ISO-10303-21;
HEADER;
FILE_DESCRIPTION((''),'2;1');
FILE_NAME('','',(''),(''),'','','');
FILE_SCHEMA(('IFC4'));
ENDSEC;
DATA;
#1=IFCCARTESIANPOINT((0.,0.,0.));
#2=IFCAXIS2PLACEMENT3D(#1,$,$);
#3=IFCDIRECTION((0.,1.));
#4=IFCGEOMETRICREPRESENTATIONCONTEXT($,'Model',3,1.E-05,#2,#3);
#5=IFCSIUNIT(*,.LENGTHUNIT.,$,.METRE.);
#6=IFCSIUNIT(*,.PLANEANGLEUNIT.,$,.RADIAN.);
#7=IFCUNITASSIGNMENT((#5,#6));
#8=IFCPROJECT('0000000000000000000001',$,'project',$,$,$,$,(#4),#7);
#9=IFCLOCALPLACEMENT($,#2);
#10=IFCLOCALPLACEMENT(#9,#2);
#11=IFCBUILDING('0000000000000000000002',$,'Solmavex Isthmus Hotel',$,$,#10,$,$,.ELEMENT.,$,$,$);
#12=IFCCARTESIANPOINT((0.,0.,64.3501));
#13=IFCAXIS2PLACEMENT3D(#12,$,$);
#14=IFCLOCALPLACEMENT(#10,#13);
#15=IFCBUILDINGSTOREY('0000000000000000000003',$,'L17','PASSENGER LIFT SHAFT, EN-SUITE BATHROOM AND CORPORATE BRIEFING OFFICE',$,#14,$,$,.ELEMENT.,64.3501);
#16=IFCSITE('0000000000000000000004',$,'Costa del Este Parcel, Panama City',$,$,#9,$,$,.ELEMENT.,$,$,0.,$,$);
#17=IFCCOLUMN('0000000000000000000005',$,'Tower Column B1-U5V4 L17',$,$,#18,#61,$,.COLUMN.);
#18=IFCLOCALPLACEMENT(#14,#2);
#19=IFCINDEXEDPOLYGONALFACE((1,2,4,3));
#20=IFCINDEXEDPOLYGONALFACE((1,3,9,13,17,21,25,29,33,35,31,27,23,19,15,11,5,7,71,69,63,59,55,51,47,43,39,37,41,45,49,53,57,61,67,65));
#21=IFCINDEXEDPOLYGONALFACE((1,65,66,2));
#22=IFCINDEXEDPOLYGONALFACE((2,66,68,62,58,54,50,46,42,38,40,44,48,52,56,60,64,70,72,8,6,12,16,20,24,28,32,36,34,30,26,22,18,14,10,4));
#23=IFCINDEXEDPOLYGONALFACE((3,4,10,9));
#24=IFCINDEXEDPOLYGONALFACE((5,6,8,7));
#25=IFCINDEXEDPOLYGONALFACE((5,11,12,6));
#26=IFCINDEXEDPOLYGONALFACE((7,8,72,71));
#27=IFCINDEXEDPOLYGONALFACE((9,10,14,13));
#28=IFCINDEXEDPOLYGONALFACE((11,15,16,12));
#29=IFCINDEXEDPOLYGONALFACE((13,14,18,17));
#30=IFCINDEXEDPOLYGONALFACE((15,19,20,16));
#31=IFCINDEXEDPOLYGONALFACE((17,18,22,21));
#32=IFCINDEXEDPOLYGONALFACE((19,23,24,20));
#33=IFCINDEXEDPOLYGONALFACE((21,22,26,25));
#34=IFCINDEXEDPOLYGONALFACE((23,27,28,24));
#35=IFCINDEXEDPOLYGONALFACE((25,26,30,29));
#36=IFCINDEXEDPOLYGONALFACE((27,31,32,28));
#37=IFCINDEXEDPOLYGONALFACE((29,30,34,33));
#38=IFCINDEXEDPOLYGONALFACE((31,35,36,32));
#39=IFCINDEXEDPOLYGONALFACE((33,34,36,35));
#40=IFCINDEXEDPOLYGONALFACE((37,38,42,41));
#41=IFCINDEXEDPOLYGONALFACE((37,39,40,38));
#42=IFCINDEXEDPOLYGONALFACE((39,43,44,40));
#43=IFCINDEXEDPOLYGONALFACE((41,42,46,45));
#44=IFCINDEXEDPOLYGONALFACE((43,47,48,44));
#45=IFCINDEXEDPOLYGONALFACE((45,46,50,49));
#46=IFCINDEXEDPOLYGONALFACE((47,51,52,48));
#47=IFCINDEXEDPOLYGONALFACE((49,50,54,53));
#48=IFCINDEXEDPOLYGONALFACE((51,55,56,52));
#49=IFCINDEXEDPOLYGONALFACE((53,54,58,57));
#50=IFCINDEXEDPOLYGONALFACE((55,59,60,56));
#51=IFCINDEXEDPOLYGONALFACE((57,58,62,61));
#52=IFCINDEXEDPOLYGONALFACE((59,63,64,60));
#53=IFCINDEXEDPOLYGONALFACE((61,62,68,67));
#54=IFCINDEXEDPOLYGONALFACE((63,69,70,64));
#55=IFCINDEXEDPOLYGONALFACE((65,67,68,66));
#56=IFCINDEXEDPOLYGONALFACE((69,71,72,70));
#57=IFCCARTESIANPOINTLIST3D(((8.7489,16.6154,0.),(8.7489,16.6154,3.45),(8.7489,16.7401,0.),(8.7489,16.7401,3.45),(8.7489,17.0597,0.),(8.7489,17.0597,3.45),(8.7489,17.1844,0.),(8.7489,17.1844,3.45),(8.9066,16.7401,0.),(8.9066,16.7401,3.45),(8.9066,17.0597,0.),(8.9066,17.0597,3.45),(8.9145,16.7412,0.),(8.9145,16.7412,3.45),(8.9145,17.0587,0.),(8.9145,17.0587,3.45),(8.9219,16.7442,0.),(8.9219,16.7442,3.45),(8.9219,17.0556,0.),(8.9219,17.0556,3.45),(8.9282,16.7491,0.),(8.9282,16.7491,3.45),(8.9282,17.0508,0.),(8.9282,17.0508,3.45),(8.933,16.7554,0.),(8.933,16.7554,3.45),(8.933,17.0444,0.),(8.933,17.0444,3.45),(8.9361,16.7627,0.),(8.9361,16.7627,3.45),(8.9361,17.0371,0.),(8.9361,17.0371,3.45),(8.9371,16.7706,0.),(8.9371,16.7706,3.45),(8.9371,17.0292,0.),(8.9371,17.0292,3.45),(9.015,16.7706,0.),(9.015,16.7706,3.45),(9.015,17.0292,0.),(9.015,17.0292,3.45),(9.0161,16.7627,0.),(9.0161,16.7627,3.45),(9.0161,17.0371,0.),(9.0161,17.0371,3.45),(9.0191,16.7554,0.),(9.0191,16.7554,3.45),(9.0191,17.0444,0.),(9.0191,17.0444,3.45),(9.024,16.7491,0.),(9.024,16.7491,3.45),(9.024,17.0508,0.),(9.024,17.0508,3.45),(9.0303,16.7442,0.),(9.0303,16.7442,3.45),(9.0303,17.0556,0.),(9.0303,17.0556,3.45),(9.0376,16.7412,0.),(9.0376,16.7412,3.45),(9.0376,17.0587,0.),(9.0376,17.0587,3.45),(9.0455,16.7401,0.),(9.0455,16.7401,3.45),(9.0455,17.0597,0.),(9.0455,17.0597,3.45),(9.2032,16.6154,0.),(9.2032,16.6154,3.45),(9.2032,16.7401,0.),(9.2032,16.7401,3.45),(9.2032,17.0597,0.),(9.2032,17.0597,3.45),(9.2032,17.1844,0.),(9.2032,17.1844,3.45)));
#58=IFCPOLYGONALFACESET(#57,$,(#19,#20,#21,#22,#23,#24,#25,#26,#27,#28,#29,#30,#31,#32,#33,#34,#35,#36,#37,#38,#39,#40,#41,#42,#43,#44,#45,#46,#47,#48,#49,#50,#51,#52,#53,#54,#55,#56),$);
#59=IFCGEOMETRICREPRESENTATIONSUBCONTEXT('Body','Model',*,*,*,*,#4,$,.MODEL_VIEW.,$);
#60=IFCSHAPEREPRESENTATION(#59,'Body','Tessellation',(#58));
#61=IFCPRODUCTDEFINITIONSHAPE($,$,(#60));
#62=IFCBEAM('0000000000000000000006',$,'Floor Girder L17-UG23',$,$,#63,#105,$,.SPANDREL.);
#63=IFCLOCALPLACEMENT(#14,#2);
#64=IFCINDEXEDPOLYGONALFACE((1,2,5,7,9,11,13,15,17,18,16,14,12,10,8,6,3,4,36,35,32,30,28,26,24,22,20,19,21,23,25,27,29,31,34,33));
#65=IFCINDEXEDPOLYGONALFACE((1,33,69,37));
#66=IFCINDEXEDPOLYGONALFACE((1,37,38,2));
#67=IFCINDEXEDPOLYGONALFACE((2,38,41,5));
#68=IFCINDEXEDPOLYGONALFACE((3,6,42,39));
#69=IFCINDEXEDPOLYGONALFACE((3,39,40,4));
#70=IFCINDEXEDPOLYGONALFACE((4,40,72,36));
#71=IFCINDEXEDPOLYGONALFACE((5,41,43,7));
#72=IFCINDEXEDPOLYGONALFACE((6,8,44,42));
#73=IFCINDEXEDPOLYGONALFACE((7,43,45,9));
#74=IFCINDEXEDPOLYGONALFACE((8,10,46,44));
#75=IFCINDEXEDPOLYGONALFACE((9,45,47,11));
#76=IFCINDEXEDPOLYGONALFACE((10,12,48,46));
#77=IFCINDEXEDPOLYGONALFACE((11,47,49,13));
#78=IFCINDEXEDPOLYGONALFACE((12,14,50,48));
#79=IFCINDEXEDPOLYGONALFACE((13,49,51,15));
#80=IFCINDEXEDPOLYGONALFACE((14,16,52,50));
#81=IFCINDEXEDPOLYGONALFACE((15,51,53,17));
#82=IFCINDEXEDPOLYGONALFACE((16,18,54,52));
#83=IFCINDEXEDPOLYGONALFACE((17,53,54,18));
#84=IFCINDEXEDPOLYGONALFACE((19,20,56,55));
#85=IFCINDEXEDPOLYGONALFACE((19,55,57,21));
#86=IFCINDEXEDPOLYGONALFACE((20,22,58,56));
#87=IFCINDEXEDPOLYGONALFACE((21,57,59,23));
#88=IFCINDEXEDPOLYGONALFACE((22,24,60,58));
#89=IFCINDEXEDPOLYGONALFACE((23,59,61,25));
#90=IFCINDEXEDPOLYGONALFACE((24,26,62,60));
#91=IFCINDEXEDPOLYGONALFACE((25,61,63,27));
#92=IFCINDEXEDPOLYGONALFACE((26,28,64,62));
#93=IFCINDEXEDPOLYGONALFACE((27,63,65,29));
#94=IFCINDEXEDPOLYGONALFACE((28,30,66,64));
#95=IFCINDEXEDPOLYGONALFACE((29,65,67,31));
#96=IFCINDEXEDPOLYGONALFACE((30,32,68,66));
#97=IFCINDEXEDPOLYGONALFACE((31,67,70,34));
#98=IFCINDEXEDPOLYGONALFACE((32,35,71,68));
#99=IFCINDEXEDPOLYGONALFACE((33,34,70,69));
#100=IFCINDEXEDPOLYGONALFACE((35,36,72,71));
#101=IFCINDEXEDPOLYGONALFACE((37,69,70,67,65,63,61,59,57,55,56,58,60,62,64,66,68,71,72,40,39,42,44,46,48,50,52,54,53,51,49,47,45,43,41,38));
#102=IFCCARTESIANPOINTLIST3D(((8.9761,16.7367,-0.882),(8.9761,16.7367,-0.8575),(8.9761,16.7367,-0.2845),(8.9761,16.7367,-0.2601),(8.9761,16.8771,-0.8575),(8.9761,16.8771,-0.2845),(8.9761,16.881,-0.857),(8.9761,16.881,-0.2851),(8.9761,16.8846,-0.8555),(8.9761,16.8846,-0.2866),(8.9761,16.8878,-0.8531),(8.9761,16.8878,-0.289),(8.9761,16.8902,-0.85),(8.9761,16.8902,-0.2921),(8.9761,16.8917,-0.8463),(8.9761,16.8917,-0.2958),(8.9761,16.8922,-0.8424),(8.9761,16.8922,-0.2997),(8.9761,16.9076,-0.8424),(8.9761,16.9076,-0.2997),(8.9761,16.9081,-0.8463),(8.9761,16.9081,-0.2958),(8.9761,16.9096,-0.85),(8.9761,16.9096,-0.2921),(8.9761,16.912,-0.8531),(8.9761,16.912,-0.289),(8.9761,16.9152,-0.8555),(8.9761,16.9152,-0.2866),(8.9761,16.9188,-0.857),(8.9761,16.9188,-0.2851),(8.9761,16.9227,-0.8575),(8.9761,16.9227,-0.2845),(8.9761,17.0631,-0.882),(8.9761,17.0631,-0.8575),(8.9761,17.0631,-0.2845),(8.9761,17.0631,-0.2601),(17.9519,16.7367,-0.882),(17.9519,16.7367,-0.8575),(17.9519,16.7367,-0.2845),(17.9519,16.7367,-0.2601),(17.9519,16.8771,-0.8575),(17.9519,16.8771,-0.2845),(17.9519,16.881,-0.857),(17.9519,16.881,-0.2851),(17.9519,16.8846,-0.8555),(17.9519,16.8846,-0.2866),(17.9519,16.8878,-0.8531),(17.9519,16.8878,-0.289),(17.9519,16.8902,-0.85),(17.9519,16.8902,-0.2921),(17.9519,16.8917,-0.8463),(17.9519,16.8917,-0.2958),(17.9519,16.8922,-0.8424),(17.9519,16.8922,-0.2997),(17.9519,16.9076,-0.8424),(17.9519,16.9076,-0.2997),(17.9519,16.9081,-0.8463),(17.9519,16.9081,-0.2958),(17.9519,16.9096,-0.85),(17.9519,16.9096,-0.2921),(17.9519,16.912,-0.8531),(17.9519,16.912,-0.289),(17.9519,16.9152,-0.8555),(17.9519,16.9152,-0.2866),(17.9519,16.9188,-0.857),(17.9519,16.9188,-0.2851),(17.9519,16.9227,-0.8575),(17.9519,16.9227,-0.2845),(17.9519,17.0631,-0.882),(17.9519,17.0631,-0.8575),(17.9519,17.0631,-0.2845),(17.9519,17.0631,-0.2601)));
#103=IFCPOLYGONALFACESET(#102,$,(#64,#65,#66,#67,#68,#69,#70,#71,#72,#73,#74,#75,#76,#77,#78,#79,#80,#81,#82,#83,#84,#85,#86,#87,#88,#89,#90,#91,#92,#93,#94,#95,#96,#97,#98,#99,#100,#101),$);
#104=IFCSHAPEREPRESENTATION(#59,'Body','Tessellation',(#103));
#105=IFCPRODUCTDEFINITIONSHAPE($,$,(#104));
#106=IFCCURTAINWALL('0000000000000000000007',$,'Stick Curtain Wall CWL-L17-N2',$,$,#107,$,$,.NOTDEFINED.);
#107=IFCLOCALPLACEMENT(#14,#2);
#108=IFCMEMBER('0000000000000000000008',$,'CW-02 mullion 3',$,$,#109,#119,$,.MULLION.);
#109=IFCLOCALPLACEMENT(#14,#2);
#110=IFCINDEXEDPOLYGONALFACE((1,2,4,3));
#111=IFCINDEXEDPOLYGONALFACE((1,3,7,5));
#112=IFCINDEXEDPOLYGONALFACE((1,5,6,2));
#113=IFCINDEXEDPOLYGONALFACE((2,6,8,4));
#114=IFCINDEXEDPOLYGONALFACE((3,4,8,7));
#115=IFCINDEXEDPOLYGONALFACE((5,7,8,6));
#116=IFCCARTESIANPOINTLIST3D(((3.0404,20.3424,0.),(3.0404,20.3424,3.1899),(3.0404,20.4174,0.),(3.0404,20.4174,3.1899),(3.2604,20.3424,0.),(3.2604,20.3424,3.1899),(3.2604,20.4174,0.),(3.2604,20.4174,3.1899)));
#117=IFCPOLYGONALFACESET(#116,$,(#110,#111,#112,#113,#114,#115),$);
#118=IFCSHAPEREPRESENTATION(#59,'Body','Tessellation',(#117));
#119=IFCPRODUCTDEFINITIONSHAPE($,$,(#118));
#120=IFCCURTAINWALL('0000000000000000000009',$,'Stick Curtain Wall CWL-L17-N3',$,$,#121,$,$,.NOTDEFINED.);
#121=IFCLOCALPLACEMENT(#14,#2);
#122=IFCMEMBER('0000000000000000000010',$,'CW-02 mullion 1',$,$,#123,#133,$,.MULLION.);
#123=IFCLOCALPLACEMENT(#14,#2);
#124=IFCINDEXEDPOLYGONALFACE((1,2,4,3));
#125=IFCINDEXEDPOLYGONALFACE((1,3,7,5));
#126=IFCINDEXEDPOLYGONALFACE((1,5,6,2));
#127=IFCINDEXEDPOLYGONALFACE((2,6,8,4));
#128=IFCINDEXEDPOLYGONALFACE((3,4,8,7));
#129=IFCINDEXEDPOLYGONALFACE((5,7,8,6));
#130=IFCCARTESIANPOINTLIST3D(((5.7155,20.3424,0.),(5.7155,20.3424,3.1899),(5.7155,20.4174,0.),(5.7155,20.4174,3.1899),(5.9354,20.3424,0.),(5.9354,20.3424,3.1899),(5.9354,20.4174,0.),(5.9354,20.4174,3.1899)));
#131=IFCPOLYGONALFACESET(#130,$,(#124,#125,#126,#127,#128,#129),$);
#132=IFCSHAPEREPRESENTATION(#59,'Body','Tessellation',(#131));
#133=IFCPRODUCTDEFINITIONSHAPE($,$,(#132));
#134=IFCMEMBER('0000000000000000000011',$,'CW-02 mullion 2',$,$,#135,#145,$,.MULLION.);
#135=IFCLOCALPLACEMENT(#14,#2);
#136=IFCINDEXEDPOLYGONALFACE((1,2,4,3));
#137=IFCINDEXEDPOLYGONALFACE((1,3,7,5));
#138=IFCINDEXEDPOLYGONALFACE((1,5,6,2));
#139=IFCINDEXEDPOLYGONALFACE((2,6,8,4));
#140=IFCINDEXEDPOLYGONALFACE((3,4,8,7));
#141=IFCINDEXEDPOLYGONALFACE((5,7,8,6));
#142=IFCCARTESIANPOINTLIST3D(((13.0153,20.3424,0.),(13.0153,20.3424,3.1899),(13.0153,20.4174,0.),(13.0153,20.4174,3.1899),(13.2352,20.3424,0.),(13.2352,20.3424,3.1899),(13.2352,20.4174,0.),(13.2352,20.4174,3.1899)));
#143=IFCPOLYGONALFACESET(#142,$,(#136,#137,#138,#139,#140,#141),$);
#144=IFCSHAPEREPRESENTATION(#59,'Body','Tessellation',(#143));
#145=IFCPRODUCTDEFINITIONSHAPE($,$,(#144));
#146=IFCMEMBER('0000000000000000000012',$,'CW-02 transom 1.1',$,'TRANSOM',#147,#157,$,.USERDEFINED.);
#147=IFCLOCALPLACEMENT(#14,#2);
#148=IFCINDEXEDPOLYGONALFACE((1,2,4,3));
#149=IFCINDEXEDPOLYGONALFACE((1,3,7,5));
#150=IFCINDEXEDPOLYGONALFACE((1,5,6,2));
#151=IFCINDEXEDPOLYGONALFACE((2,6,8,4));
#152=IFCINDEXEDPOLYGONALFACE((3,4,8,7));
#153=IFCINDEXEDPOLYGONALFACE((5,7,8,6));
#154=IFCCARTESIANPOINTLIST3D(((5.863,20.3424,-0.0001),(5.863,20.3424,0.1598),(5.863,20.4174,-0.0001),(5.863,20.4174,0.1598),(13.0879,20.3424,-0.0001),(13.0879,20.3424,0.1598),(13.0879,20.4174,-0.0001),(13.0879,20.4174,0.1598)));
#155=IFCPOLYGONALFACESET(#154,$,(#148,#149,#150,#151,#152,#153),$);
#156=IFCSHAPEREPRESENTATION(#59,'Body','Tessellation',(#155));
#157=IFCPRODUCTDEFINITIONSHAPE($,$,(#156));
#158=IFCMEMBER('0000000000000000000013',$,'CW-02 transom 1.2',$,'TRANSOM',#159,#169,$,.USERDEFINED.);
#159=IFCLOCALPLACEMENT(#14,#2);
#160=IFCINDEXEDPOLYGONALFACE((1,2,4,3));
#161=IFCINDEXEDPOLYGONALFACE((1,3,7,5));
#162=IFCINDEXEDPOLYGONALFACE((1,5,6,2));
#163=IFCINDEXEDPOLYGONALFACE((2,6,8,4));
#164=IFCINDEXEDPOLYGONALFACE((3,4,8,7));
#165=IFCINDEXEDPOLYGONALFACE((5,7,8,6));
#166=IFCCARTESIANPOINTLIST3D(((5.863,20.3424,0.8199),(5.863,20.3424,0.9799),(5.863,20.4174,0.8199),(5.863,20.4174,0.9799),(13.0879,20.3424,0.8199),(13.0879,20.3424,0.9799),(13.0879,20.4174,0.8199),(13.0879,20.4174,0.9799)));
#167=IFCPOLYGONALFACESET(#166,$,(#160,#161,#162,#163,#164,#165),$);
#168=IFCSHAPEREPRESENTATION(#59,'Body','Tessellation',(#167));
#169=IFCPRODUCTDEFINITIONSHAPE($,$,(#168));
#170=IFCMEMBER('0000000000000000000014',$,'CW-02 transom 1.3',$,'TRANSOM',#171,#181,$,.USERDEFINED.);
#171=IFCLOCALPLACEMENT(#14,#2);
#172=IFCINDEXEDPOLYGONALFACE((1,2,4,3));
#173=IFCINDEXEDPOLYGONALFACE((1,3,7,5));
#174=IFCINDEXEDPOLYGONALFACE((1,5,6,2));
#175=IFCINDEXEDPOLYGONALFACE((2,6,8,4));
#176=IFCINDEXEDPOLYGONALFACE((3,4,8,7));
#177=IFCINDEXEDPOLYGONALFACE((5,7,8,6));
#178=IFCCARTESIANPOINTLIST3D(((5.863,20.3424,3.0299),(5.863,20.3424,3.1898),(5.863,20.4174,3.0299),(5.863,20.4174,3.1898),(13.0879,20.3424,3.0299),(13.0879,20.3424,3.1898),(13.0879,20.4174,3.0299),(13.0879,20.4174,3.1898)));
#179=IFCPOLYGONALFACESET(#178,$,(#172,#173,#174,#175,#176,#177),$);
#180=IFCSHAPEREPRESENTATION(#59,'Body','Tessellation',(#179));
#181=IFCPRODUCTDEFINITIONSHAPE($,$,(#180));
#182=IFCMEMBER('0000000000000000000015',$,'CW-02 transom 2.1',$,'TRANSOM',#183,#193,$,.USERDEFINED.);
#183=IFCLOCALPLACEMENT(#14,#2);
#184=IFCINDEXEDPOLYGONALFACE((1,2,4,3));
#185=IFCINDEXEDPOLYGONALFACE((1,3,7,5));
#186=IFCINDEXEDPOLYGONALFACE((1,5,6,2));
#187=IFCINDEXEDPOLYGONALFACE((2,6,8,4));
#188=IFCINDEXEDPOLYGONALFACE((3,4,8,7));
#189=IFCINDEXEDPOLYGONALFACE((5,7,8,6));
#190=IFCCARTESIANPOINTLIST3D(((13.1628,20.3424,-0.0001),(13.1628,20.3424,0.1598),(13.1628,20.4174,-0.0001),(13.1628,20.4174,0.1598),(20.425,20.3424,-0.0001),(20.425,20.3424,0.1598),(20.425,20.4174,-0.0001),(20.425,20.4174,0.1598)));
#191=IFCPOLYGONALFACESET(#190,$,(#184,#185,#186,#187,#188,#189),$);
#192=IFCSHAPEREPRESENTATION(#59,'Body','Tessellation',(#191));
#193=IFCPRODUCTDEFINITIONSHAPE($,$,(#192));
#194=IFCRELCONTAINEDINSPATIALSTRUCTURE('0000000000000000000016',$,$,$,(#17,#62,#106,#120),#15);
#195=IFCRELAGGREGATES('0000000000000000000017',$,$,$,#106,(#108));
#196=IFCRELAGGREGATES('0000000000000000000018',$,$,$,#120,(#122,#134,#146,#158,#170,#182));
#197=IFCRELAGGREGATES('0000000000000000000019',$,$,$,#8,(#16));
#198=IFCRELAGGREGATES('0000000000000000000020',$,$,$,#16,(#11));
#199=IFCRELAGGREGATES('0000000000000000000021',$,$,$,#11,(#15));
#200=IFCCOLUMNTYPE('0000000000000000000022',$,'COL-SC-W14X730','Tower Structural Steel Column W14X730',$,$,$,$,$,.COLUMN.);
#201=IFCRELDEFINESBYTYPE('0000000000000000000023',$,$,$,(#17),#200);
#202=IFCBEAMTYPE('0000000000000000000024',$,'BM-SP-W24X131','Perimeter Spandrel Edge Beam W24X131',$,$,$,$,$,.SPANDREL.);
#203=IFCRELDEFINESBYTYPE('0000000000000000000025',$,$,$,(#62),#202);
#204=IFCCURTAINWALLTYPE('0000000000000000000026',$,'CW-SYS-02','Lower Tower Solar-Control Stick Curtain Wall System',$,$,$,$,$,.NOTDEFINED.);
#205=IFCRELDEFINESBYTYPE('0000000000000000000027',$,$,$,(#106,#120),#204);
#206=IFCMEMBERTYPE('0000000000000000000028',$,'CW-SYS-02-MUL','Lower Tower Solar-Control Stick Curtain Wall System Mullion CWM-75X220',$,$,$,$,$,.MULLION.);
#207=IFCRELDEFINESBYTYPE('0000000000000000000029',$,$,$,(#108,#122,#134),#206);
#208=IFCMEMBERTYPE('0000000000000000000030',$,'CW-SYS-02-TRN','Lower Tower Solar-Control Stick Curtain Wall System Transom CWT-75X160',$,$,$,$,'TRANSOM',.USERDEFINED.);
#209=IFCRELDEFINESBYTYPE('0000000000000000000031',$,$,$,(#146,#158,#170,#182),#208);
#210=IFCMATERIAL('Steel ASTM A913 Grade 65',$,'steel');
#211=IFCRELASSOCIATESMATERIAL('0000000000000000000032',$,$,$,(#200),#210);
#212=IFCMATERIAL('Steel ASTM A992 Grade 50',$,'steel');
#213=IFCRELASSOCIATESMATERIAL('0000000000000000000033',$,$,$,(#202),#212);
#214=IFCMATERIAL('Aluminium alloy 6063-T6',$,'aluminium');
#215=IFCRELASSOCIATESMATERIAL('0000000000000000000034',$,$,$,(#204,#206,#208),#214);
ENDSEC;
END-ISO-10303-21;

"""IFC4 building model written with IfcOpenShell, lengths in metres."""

from ifc_helpers import new_model, si_unit, direction, frame, origin, origin_2d, place, context, subcontext, project, spatial, rectangle, i_section, extrude, material, material_profile, profile_set, type_object, element, aggregate, save


model = new_model("IFC4")

# Units and contexts
model_context = context("Model", 3, precision=1e-05, world=origin(), true_north=direction((0.0, 1.0)))
body_context = subcontext(model_context, "Body", "Model", "MODEL_VIEW")
ifc_project = project(units=[si_unit("LENGTHUNIT", "METRE"), si_unit("PLANEANGLEUNIT", "RADIAN")], contexts=[model_context])

# Site, building, storey
site_placement = place(None, origin())
site = spatial("IfcSite", under=ifc_project, at=site_placement, Name="Costa del Este Parcel, Panama City", CompositionType="ELEMENT", RefElevation=0.0)
building_placement = place(site_placement, origin())
building = spatial("IfcBuilding", under=site, at=building_placement, Name="Solmavex Isthmus Hotel", CompositionType="ELEMENT")
storey_placement = place(building_placement, frame((0.0, 0.0, 64.3501)))
storey = spatial("IfcBuildingStorey", under=building, at=storey_placement, Name="L17", Description="PASSENGER LIFT SHAFT, EN-SUITE BATHROOM AND CORPORATE BRIEFING OFFICE", CompositionType="ELEMENT", Elevation=64.3501)

# Column
ifc_material_1 = material(Name="Steel ASTM A913 Grade 65", Category="steel")
ifc_material_profile_1 = material_profile(ifc_material_1, i_section(OverallWidth=0.4543, OverallDepth=0.5691, WebThickness=0.0779, FlangeThickness=0.1248, FilletRadius=0.0305, at=origin_2d()), Name="W14X730")
ifc_profile_set_1 = profile_set([ifc_material_profile_1], Name="Steel ASTM A913 Grade 65")
column_type = type_object("IfcColumnType", Name="COL-SC-W14X730", Description="Tower Structural Steel Column W14X730", PredefinedType="COLUMN", material=ifc_profile_set_1)
column_placement = place(storey_placement, frame((8.9761, 16.8999, 0.0), z_axis=(0.0, 0.0, 1.0), x_axis=(1.0, 0.0, 0.0)))
element("IfcColumn", 1, at=column_placement, inside=storey, type_object=column_type, Name="Tower Column B1-U5V4 L17", PredefinedType="COLUMN", context=body_context, shape_type="SweptSolid", body=[
    extrude(i_section(OverallWidth=0.4543, OverallDepth=0.5691, WebThickness=0.0779, FlangeThickness=0.1248, FilletRadius=0.0305, at=origin_2d()), origin(), (0.0, 0.0, 1.0), 3.45),
])

# Beam
ifc_material_2 = material(Name="Steel ASTM A992 Grade 50", Category="steel")
ifc_material_profile_2 = material_profile(ifc_material_2, i_section(OverallWidth=0.3264, OverallDepth=0.6218, WebThickness=0.0154, FlangeThickness=0.0244, FilletRadius=0.0151, at=origin_2d()), Name="W24X131")
ifc_profile_set_2 = profile_set([ifc_material_profile_2], Name="Steel ASTM A992 Grade 50")
beam_type = type_object("IfcBeamType", Name="BM-SP-W24X131", Description="Perimeter Spandrel Edge Beam W24X131", PredefinedType="SPANDREL", material=ifc_profile_set_2)
beam_placement = place(storey_placement, frame((8.9761, 16.8999, -0.571), z_axis=(1.0, 0.0, 0.0), x_axis=(0.0, 1.0, 0.0)))
element("IfcBeam", 2, at=beam_placement, inside=storey, type_object=beam_type, Name="Floor Girder L17-UG23", PredefinedType="SPANDREL", context=body_context, shape_type="SweptSolid", body=[
    extrude(i_section(OverallWidth=0.3264, OverallDepth=0.6218, WebThickness=0.0154, FlangeThickness=0.0244, FilletRadius=0.0151, at=origin_2d()), origin(), (0.0, 0.0, 1.0), 8.9758),
])

# Curtain wall, member
ifc_material_3 = material(Name="Aluminium alloy 6063-T6", Category="aluminium")
curtain_wall_type = type_object("IfcCurtainWallType", Name="CW-SYS-02", Description="Lower Tower Solar-Control Stick Curtain Wall System", PredefinedType="NOTDEFINED", material=ifc_material_3)
curtain_wall_1_placement = place(storey_placement, origin())
curtain_wall_1 = element("IfcCurtainWall", 3, at=curtain_wall_1_placement, inside=storey, type_object=curtain_wall_type, Name="Stick Curtain Wall CWL-L17-N2", PredefinedType="NOTDEFINED")
ifc_material_profile_3 = material_profile(ifc_material_3, rectangle(XDim=0.075, YDim=0.22, at=origin_2d()), Name="CWM-75X220")
ifc_profile_set_3 = profile_set([ifc_material_profile_3], Name="Aluminium alloy 6063-T6")
member_type_1 = type_object("IfcMemberType", Name="CW-SYS-02-MUL", Description="Lower Tower Solar-Control Stick Curtain Wall System Mullion CWM-75X220", PredefinedType="MULLION", material=ifc_profile_set_3)
member_1_placement = place(storey_placement, frame((3.1504, 20.3799, 0.0), z_axis=(0.0, 0.0, 1.0), x_axis=(0.0, 1.0, 0.0)))
member_1 = element("IfcMember", 4, at=member_1_placement, type_object=member_type_1, Name="CW-02 mullion 3", PredefinedType="MULLION", context=body_context, shape_type="SweptSolid", body=[
    extrude(rectangle(XDim=0.075, YDim=0.22, at=origin_2d()), origin(), (0.0, 0.0, 1.0), 3.1899),
])
aggregate(curtain_wall_1, [member_1])

# Curtain wall, members
curtain_wall_2_placement = place(storey_placement, origin())
curtain_wall_2 = element("IfcCurtainWall", 5, at=curtain_wall_2_placement, inside=storey, type_object=curtain_wall_type, Name="Stick Curtain Wall CWL-L17-N3", PredefinedType="NOTDEFINED")
member_2_placement = place(storey_placement, frame((5.8254, 20.3799, 0.0), z_axis=(0.0, 0.0, 1.0), x_axis=(0.0, 1.0, 0.0)))
member_2 = element("IfcMember", 6, at=member_2_placement, type_object=member_type_1, Name="CW-02 mullion 1", PredefinedType="MULLION", context=body_context, shape_type="SweptSolid", body=[
    extrude(rectangle(XDim=0.075, YDim=0.22, at=origin_2d()), origin(), (0.0, 0.0, 1.0), 3.1899),
])
member_3_placement = place(storey_placement, frame((13.1252, 20.3799, 0.0), z_axis=(0.0, 0.0, 1.0), x_axis=(0.0, 1.0, 0.0)))
member_3 = element("IfcMember", 7, at=member_3_placement, type_object=member_type_1, Name="CW-02 mullion 2", PredefinedType="MULLION", context=body_context, shape_type="SweptSolid", body=[
    extrude(rectangle(XDim=0.075, YDim=0.22, at=origin_2d()), origin(), (0.0, 0.0, 1.0), 3.1899),
])
ifc_material_profile_4 = material_profile(ifc_material_3, rectangle(XDim=0.075, YDim=0.1599, at=origin_2d()), Name="CWT-75X160")
ifc_profile_set_4 = profile_set([ifc_material_profile_4], Name="Aluminium alloy 6063-T6")
member_type_2 = type_object("IfcMemberType", Name="CW-SYS-02-TRN", Description="Lower Tower Solar-Control Stick Curtain Wall System Transom CWT-75X160", ElementType="TRANSOM", PredefinedType="USERDEFINED", material=ifc_profile_set_4)
member_4_placement = place(storey_placement, frame((5.863, 20.3799, 0.0798), z_axis=(1.0, 0.0, 0.0), x_axis=(0.0, 1.0, 0.0)))
member_4 = element("IfcMember", 8, at=member_4_placement, type_object=member_type_2, Name="CW-02 transom 1.1", ObjectType="TRANSOM", PredefinedType="USERDEFINED", context=body_context, shape_type="SweptSolid", body=[
    extrude(rectangle(XDim=0.075, YDim=0.1599, at=origin_2d()), origin(), (0.0, 0.0, 1.0), 7.2249),
])
member_5_placement = place(storey_placement, frame((5.863, 20.3799, 0.8999), z_axis=(1.0, 0.0, 0.0), x_axis=(0.0, 1.0, 0.0)))
member_5 = element("IfcMember", 9, at=member_5_placement, type_object=member_type_2, Name="CW-02 transom 1.2", ObjectType="TRANSOM", PredefinedType="USERDEFINED", context=body_context, shape_type="SweptSolid", body=[
    extrude(rectangle(XDim=0.075, YDim=0.1599, at=origin_2d()), origin(), (0.0, 0.0, 1.0), 7.2249),
])
member_6_placement = place(storey_placement, frame((5.863, 20.3799, 3.1099), z_axis=(1.0, 0.0, 0.0), x_axis=(0.0, 1.0, 0.0)))
member_6 = element("IfcMember", 10, at=member_6_placement, type_object=member_type_2, Name="CW-02 transom 1.3", ObjectType="TRANSOM", PredefinedType="USERDEFINED", context=body_context, shape_type="SweptSolid", body=[
    extrude(rectangle(XDim=0.075, YDim=0.1599, at=origin_2d()), origin(), (0.0, 0.0, 1.0), 7.2249),
])
member_7_placement = place(storey_placement, frame((13.1628, 20.3799, 0.0798), z_axis=(1.0, 0.0, 0.0), x_axis=(0.0, 1.0, 0.0)))
member_7 = element("IfcMember", 11, at=member_7_placement, type_object=member_type_2, Name="CW-02 transom 2.1", ObjectType="TRANSOM", PredefinedType="USERDEFINED", context=body_context, shape_type="SweptSolid", body=[
    extrude(rectangle(XDim=0.075, YDim=0.1599, at=origin_2d()), origin(), (0.0, 0.0, 1.0), 7.2622),
])
aggregate(curtain_wall_2, [member_2, member_3, member_4, member_5, member_6, member_7])

save(model, "model.ifc")
